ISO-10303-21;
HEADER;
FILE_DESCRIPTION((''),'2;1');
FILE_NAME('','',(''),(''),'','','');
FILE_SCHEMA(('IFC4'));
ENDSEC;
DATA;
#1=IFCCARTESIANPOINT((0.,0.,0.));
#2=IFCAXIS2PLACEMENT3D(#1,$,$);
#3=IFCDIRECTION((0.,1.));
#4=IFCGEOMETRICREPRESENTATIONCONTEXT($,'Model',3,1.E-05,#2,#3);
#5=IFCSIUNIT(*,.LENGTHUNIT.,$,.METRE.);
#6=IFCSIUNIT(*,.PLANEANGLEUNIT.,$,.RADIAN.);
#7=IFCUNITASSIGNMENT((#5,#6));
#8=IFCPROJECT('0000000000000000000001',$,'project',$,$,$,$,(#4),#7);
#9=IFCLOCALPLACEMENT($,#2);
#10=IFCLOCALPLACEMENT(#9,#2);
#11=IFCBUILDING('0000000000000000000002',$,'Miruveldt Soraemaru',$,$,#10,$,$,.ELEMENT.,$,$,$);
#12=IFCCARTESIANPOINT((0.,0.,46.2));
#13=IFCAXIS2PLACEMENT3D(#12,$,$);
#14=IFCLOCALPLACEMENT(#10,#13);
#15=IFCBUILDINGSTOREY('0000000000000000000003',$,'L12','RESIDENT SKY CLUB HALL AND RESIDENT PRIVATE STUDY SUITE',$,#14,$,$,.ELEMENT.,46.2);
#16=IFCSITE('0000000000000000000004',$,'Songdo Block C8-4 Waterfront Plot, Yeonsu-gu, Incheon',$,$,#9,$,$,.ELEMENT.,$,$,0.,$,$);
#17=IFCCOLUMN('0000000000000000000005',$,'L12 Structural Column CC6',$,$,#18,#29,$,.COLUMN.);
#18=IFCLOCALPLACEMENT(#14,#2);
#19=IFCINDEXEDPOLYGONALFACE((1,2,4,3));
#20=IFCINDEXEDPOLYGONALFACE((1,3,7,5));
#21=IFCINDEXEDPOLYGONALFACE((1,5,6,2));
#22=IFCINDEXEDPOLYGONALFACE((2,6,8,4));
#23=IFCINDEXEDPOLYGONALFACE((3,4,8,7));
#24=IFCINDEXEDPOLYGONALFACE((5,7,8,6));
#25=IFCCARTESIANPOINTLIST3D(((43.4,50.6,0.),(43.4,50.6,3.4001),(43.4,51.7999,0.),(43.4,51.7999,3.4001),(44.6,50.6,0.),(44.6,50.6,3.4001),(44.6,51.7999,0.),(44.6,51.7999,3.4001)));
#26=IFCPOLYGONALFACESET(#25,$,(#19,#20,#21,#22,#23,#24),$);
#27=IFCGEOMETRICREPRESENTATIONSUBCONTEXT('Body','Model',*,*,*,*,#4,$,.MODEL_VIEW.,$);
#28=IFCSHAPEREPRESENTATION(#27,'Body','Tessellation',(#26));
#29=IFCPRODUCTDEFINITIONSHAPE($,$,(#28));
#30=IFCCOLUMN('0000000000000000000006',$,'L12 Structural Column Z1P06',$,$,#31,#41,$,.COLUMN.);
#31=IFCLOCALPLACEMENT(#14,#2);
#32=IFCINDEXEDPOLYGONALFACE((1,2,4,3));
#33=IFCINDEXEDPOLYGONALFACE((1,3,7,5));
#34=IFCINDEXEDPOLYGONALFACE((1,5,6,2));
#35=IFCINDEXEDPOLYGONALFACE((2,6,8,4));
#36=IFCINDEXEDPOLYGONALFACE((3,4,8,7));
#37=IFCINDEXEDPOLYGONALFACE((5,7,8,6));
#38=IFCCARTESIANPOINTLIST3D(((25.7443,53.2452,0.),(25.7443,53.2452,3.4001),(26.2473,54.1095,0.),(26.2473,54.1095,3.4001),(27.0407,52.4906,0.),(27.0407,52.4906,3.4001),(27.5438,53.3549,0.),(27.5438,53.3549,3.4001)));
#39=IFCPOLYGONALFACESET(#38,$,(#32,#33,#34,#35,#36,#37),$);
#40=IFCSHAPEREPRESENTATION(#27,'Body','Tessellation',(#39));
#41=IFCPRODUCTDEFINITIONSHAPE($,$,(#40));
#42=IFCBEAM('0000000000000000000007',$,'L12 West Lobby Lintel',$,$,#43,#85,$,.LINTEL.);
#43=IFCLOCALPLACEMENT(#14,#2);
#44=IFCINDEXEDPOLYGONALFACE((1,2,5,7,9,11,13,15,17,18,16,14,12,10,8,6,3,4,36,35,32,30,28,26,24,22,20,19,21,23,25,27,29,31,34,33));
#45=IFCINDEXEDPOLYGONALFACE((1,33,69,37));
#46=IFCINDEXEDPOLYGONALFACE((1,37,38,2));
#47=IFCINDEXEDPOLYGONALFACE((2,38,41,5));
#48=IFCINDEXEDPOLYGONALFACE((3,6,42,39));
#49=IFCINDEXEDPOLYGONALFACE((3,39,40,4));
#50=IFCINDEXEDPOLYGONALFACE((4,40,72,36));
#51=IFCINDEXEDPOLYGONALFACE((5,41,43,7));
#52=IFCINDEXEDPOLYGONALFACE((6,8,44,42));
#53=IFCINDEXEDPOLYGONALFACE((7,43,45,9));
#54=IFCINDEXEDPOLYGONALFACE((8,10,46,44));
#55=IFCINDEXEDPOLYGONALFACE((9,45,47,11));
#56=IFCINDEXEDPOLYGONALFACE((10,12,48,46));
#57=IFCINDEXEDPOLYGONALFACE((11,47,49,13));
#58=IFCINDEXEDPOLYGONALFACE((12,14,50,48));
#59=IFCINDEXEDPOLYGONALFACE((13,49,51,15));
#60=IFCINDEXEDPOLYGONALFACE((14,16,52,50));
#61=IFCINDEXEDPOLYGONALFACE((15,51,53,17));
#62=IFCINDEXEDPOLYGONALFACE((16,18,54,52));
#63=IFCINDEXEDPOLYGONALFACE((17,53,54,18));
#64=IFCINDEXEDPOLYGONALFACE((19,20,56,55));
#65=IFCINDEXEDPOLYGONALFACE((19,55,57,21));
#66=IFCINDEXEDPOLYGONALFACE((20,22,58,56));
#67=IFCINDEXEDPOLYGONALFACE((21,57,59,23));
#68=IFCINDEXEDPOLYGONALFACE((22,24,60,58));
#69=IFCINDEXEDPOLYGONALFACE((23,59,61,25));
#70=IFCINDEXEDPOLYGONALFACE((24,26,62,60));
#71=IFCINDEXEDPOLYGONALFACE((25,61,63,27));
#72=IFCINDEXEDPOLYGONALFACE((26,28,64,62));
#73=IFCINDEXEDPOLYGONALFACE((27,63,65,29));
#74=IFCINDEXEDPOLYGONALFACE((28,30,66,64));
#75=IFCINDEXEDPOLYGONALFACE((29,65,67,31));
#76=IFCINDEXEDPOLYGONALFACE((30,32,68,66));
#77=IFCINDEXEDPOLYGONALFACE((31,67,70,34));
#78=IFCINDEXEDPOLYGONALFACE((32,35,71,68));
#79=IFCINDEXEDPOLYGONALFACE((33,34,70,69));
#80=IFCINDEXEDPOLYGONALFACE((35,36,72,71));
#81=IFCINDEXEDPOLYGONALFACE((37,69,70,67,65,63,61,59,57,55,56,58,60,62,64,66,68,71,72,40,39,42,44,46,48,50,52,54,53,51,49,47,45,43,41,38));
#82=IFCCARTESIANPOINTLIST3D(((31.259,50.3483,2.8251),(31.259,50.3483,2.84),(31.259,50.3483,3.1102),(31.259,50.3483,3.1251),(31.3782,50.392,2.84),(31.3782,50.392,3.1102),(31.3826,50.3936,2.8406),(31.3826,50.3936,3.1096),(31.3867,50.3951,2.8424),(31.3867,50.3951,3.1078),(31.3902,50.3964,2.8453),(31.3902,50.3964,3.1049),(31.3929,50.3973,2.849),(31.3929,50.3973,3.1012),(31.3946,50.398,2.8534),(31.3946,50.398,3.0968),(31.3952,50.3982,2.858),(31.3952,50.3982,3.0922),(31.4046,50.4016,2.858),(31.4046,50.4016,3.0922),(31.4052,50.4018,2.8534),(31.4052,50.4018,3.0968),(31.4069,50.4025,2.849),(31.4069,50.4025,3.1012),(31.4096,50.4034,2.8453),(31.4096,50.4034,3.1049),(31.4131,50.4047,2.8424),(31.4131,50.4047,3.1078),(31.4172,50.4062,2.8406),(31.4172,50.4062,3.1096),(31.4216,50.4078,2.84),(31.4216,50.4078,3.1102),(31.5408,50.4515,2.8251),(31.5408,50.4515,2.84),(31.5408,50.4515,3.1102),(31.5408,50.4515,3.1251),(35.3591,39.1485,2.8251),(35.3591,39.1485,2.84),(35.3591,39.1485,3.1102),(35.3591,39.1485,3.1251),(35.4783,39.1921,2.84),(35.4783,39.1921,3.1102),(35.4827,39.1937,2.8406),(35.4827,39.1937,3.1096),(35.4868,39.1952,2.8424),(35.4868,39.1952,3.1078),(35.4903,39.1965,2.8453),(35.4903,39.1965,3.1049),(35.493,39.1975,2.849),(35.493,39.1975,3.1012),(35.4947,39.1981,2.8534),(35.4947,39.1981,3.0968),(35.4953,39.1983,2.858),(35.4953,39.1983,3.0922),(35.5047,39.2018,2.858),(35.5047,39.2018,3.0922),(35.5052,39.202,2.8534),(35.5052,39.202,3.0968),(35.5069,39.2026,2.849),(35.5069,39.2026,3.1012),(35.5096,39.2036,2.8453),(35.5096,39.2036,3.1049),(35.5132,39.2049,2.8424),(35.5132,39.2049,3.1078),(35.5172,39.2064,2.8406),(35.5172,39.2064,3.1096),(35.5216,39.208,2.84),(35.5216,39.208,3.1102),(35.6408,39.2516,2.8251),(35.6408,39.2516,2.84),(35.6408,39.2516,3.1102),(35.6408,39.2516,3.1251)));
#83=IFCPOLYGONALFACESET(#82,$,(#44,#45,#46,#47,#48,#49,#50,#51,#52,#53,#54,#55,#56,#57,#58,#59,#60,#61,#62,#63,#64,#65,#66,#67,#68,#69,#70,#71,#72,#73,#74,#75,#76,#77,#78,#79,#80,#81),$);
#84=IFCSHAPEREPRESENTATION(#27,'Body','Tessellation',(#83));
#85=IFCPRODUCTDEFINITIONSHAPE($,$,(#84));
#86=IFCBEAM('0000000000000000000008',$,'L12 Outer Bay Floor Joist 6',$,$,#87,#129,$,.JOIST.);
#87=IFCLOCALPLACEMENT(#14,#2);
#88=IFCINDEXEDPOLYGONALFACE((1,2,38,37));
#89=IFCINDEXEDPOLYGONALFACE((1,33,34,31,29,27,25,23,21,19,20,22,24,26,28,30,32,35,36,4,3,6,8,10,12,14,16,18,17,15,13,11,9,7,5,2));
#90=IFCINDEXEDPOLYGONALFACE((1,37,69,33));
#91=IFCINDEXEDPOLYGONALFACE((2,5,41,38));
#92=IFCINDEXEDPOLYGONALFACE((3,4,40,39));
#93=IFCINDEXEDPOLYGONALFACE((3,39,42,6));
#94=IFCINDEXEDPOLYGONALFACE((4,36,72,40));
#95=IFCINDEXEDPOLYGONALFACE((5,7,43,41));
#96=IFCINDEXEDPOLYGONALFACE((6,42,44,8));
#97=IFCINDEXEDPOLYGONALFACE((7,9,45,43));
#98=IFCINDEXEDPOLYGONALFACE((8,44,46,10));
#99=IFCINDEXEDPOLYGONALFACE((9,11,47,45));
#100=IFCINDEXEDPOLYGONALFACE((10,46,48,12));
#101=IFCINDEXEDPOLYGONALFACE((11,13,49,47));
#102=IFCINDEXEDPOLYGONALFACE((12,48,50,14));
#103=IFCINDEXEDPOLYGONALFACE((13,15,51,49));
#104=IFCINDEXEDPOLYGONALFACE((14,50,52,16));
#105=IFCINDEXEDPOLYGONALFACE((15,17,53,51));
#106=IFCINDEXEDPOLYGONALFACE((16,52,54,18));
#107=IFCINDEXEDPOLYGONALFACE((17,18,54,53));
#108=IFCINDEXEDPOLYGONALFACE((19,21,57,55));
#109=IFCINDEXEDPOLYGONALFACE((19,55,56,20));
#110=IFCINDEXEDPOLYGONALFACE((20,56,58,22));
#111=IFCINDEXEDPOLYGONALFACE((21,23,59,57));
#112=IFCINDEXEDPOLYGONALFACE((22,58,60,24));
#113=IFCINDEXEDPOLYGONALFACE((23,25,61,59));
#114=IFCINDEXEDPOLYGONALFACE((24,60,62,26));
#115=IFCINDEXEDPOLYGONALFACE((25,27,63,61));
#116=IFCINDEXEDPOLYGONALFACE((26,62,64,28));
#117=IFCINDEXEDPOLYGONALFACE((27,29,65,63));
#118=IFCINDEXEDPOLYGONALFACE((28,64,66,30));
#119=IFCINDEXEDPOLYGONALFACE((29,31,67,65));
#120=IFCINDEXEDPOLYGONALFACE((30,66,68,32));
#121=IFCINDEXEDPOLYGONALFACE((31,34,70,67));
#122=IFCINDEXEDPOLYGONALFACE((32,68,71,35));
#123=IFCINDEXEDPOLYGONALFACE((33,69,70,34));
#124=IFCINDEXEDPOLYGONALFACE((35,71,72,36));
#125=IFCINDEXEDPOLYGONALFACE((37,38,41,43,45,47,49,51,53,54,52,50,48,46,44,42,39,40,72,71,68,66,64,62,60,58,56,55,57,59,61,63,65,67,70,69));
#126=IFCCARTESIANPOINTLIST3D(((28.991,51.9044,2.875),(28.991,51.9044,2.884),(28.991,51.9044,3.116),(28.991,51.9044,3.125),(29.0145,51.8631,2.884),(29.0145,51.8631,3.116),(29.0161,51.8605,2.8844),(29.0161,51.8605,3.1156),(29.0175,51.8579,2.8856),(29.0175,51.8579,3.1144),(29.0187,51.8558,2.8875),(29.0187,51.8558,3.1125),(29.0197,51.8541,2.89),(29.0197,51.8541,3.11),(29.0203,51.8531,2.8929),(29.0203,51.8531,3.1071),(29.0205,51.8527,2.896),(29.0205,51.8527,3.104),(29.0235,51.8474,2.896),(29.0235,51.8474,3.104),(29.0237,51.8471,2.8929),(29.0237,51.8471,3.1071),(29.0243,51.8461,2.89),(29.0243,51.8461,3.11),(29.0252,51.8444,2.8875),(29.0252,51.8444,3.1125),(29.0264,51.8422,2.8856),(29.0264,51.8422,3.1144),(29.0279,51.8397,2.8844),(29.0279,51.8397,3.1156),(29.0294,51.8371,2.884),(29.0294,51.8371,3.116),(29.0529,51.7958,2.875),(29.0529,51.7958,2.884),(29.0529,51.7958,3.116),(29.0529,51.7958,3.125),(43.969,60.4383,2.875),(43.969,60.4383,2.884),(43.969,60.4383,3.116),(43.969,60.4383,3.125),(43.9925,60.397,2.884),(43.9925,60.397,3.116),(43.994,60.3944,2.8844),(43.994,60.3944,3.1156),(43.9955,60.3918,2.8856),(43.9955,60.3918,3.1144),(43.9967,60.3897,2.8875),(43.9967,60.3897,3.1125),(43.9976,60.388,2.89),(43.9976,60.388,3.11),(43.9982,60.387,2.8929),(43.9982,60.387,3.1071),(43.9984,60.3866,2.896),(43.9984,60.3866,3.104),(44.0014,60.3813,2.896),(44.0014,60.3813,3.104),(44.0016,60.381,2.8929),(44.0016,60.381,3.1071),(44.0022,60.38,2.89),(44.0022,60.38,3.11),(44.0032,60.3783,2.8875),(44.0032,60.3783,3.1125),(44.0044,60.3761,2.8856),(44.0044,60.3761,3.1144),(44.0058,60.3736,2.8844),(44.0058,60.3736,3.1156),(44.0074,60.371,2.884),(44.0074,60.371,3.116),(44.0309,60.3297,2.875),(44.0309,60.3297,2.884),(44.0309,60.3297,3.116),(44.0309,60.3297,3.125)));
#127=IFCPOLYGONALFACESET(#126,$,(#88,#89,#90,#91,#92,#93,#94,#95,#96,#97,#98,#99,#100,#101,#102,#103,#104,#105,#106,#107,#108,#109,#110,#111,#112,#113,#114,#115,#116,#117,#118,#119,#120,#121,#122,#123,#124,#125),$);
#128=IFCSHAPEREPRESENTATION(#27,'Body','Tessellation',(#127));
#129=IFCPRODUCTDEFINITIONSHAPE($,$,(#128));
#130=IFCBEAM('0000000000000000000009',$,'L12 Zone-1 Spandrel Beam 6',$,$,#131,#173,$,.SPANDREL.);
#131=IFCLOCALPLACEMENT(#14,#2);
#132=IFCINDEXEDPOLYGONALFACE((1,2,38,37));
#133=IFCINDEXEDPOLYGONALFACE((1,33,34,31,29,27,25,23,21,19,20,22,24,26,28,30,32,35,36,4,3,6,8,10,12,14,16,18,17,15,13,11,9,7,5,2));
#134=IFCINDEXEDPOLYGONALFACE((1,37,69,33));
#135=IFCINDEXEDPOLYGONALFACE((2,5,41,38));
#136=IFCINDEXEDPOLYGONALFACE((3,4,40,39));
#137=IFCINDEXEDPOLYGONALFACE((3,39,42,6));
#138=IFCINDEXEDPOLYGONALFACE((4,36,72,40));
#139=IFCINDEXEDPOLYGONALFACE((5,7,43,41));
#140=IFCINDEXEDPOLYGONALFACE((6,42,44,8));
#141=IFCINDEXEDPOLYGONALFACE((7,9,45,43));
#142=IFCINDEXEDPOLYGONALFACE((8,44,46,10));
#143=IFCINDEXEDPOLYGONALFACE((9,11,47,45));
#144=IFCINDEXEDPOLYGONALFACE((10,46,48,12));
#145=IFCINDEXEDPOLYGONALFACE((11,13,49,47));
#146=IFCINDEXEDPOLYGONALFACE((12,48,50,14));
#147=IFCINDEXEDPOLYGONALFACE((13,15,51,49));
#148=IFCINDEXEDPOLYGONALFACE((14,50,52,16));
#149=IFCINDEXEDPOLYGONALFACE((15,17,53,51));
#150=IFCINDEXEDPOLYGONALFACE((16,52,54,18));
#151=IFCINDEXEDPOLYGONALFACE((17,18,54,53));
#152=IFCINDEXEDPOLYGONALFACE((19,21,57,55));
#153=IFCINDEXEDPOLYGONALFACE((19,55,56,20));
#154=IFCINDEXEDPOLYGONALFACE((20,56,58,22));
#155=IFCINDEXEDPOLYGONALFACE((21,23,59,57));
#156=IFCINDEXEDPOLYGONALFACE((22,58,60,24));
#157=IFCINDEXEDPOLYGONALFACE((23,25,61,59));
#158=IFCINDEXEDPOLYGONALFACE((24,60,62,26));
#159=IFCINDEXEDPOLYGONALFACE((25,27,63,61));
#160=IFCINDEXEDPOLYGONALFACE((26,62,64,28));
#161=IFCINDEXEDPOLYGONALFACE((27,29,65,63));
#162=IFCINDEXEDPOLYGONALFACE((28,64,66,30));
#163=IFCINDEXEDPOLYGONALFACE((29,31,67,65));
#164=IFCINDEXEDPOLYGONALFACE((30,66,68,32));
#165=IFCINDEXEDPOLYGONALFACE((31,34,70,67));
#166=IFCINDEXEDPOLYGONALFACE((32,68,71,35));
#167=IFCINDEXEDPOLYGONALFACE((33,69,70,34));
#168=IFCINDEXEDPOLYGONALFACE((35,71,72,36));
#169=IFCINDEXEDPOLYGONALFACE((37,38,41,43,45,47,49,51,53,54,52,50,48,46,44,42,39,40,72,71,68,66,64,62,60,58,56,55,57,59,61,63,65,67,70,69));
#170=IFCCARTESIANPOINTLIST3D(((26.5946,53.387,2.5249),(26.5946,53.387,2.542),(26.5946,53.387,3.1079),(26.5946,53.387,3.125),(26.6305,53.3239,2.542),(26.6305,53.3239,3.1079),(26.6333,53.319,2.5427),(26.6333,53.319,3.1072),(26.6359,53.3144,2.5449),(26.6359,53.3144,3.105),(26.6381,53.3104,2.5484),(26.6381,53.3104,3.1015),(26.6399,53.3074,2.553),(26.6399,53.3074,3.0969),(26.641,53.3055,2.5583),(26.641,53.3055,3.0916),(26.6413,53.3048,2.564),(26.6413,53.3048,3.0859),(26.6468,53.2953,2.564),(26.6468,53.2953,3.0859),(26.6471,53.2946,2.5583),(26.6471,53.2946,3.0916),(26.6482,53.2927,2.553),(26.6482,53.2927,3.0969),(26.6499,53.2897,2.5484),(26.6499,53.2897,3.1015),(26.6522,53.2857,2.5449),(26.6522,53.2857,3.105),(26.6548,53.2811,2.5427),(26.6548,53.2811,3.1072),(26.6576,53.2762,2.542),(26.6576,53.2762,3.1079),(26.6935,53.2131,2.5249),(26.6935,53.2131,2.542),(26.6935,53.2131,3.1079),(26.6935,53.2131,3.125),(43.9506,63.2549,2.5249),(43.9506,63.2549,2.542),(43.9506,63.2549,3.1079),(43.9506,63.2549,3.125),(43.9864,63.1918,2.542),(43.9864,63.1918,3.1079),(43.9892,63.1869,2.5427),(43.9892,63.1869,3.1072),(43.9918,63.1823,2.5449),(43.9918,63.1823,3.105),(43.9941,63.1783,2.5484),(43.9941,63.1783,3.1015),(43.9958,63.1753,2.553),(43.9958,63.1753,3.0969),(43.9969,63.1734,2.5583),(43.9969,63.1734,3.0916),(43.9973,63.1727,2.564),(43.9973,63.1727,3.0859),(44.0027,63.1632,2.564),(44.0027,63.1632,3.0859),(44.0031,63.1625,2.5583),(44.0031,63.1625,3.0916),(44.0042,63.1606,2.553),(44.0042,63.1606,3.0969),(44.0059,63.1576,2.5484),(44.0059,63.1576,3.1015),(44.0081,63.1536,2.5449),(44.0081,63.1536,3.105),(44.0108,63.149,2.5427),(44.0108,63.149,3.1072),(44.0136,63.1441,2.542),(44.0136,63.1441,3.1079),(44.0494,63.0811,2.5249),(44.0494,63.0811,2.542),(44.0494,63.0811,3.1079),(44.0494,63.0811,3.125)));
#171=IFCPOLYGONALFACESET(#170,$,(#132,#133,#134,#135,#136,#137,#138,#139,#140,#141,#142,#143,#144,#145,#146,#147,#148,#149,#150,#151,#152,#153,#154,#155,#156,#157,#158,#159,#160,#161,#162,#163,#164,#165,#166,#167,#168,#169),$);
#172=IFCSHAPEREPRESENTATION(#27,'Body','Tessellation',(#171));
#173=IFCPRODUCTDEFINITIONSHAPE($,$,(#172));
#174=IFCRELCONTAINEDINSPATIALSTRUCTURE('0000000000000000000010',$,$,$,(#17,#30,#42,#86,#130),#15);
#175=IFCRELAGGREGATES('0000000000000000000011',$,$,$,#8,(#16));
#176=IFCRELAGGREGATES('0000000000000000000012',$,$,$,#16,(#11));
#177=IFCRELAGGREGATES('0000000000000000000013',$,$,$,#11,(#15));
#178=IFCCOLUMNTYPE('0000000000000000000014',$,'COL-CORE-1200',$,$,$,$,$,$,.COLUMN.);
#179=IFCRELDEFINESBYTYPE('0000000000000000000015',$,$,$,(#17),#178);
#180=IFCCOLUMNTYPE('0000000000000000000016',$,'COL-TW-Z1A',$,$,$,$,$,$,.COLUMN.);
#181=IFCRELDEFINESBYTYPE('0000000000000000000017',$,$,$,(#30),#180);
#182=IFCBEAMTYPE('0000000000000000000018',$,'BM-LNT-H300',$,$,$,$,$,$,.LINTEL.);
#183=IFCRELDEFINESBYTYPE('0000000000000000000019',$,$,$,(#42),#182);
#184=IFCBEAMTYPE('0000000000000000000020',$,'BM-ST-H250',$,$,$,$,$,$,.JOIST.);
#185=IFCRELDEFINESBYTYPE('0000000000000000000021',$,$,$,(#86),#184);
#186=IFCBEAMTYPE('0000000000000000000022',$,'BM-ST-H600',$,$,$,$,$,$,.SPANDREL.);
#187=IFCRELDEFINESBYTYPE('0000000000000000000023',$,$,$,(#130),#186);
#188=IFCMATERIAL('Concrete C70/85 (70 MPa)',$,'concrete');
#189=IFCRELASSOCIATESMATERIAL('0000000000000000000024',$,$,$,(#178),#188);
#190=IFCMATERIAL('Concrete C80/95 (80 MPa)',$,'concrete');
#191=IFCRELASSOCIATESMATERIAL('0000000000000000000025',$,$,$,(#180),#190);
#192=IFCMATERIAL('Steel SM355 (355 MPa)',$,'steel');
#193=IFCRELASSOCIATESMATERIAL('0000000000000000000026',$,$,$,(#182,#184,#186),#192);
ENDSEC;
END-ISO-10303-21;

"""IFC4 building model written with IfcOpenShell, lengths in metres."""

from ifc_helpers import new_model, si_unit, direction, frame, origin, origin_2d, place, context, subcontext, project, spatial, rectangle, i_section, extrude, material, material_profile, profile_set, type_object, element, save


model = new_model("IFC4")

# Units and contexts
model_context = context("Model", 3, precision=1e-05, world=origin(), true_north=direction((0.0, 1.0)))
body_context = subcontext(model_context, "Body", "Model", "MODEL_VIEW")
ifc_project = project(units=[si_unit("LENGTHUNIT", "METRE"), si_unit("PLANEANGLEUNIT", "RADIAN")], contexts=[model_context])

# Site, building, storey
site_placement = place(None, origin())
site = spatial("IfcSite", under=ifc_project, at=site_placement, Name="Songdo Block C8-4 Waterfront Plot, Yeonsu-gu, Incheon", CompositionType="ELEMENT", RefElevation=0.0)
building_placement = place(site_placement, origin())
building = spatial("IfcBuilding", under=site, at=building_placement, Name="Miruveldt Soraemaru", CompositionType="ELEMENT")
storey_placement = place(building_placement, frame((0.0, 0.0, 46.2)))
storey = spatial("IfcBuildingStorey", under=building, at=storey_placement, Name="L12", Description="RESIDENT SKY CLUB HALL AND RESIDENT PRIVATE STUDY SUITE", CompositionType="ELEMENT", Elevation=46.2)

# Columns
ifc_material_1 = material(Name="Concrete C70/85 (70 MPa)", Category="concrete")
ifc_material_profile_1 = material_profile(ifc_material_1, rectangle(XDim=1.2, YDim=1.2, at=origin_2d()), Name="Concrete C70/85 (70 MPa)", Category="concrete")
ifc_profile_set_1 = profile_set([ifc_material_profile_1], Name="Concrete C70/85 (70 MPa)")
column_type_1 = type_object("IfcColumnType", Name="COL-CORE-1200", PredefinedType="COLUMN", material=ifc_profile_set_1)
column_1_placement = place(storey_placement, frame((44.0, 51.2, 0.0), z_axis=(0.0, 0.0, 1.0), x_axis=(1.0, 0.0, 0.0)))
element("IfcColumn", 1, at=column_1_placement, inside=storey, type_object=column_type_1, Name="L12 Structural Column CC6", PredefinedType="COLUMN", context=body_context, shape_type="SweptSolid", body=[
    extrude(rectangle(XDim=1.2, YDim=1.2, at=origin_2d()), origin(), (0.0, 0.0, 1.0), 3.4001),
])
ifc_material_2 = material(Name="Concrete C80/95 (80 MPa)", Category="concrete")
ifc_material_profile_2 = material_profile(ifc_material_2, rectangle(XDim=1.5, YDim=1.0, at=origin_2d()), Name="Concrete C80/95 (80 MPa)", Category="concrete")
ifc_profile_set_2 = profile_set([ifc_material_profile_2], Name="Concrete C80/95 (80 MPa)")
column_type_2 = type_object("IfcColumnType", Name="COL-TW-Z1A", PredefinedType="COLUMN", material=ifc_profile_set_2)
column_2_placement = place(storey_placement, frame((26.644, 53.3, 0.0), z_axis=(0.0, 0.0, 1.0), x_axis=(-0.864275, 0.50302, 0.0)))
element("IfcColumn", 2, at=column_2_placement, inside=storey, type_object=column_type_2, Name="L12 Structural Column Z1P06", PredefinedType="COLUMN", context=body_context, shape_type="SweptSolid", body=[
    extrude(rectangle(XDim=1.5, YDim=1.0, at=origin_2d()), origin(), (0.0, 0.0, 1.0), 3.4001),
])

# Beams
ifc_material_3 = material(Name="Steel SM355 (355 MPa)", Category="steel")
ifc_material_profile_3 = material_profile(ifc_material_3, i_section(OverallWidth=0.3, OverallDepth=0.3, WebThickness=0.01, FlangeThickness=0.0149, FilletRadius=0.0181, at=origin_2d()), Name="Steel SM355 (355 MPa)", Category="steel")
ifc_profile_set_3 = profile_set([ifc_material_profile_3], Name="Steel SM355 (355 MPa)")
beam_type_1 = type_object("IfcBeamType", Name="BM-LNT-H300", PredefinedType="LINTEL", material=ifc_profile_set_3)
beam_1_placement = place(storey_placement, frame((31.3999, 50.3999, 2.9751), z_axis=(0.34377, -0.939054, 0.0), x_axis=(0.939054, 0.34377, 0.0)))
element("IfcBeam", 3, at=beam_1_placement, inside=storey, type_object=beam_type_1, Name="L12 West Lobby Lintel", PredefinedType="LINTEL", context=body_context, shape_type="SweptSolid", body=[
    extrude(i_section(OverallWidth=0.3, OverallDepth=0.3, WebThickness=0.01, FlangeThickness=0.0149, FilletRadius=0.0181, at=origin_2d()), origin(), (0.0, 0.0, 1.0), 11.9268),
])
ifc_material_profile_4 = material_profile(ifc_material_3, i_section(OverallWidth=0.125, OverallDepth=0.25, WebThickness=0.0061, FlangeThickness=0.009, FilletRadius=0.012, at=origin_2d()), Name="Steel SM355 (355 MPa)", Category="steel")
ifc_profile_set_4 = profile_set([ifc_material_profile_4], Name="Steel SM355 (355 MPa)")
beam_type_2 = type_object("IfcBeamType", Name="BM-ST-H250", PredefinedType="JOIST", material=ifc_profile_set_4)
beam_2_placement = place(storey_placement, frame((29.022, 51.8501, 3.0), z_axis=(0.868866, 0.495048, 0.0), x_axis=(-0.495048, 0.868866, 0.0)))
element("IfcBeam", 4, at=beam_2_placement, inside=storey, type_object=beam_type_2, Name="L12 Outer Bay Floor Joist 6", PredefinedType="JOIST", context=body_context, shape_type="SweptSolid", body=[
    extrude(i_section(OverallWidth=0.125, OverallDepth=0.25, WebThickness=0.0061, FlangeThickness=0.009, FilletRadius=0.012, at=origin_2d()), origin(), (0.0, 0.0, 1.0), 17.2385),
])
ifc_material_profile_5 = material_profile(ifc_material_3, i_section(OverallWidth=0.2, OverallDepth=0.6001, WebThickness=0.011, FlangeThickness=0.0171, FilletRadius=0.022, at=origin_2d()), Name="Steel SM355 (355 MPa)", Category="steel")
ifc_profile_set_5 = profile_set([ifc_material_profile_5], Name="Steel SM355 (355 MPa)")
beam_type_3 = type_object("IfcBeamType", Name="BM-ST-H600", PredefinedType="SPANDREL", material=ifc_profile_set_5)
beam_3_placement = place(storey_placement, frame((26.644, 53.3, 2.825), z_axis=(0.869315, 0.494259, 0.0), x_axis=(-0.494259, 0.869315, 0.0)))
element("IfcBeam", 5, at=beam_3_placement, inside=storey, type_object=beam_type_3, Name="L12 Zone-1 Spandrel Beam 6", PredefinedType="SPANDREL", context=body_context, shape_type="SweptSolid", body=[
    extrude(i_section(OverallWidth=0.2, OverallDepth=0.6001, WebThickness=0.011, FlangeThickness=0.0171, FilletRadius=0.022, at=origin_2d()), origin(), (0.0, 0.0, 1.0), 19.9651),
])

save(model, "model.ifc")
